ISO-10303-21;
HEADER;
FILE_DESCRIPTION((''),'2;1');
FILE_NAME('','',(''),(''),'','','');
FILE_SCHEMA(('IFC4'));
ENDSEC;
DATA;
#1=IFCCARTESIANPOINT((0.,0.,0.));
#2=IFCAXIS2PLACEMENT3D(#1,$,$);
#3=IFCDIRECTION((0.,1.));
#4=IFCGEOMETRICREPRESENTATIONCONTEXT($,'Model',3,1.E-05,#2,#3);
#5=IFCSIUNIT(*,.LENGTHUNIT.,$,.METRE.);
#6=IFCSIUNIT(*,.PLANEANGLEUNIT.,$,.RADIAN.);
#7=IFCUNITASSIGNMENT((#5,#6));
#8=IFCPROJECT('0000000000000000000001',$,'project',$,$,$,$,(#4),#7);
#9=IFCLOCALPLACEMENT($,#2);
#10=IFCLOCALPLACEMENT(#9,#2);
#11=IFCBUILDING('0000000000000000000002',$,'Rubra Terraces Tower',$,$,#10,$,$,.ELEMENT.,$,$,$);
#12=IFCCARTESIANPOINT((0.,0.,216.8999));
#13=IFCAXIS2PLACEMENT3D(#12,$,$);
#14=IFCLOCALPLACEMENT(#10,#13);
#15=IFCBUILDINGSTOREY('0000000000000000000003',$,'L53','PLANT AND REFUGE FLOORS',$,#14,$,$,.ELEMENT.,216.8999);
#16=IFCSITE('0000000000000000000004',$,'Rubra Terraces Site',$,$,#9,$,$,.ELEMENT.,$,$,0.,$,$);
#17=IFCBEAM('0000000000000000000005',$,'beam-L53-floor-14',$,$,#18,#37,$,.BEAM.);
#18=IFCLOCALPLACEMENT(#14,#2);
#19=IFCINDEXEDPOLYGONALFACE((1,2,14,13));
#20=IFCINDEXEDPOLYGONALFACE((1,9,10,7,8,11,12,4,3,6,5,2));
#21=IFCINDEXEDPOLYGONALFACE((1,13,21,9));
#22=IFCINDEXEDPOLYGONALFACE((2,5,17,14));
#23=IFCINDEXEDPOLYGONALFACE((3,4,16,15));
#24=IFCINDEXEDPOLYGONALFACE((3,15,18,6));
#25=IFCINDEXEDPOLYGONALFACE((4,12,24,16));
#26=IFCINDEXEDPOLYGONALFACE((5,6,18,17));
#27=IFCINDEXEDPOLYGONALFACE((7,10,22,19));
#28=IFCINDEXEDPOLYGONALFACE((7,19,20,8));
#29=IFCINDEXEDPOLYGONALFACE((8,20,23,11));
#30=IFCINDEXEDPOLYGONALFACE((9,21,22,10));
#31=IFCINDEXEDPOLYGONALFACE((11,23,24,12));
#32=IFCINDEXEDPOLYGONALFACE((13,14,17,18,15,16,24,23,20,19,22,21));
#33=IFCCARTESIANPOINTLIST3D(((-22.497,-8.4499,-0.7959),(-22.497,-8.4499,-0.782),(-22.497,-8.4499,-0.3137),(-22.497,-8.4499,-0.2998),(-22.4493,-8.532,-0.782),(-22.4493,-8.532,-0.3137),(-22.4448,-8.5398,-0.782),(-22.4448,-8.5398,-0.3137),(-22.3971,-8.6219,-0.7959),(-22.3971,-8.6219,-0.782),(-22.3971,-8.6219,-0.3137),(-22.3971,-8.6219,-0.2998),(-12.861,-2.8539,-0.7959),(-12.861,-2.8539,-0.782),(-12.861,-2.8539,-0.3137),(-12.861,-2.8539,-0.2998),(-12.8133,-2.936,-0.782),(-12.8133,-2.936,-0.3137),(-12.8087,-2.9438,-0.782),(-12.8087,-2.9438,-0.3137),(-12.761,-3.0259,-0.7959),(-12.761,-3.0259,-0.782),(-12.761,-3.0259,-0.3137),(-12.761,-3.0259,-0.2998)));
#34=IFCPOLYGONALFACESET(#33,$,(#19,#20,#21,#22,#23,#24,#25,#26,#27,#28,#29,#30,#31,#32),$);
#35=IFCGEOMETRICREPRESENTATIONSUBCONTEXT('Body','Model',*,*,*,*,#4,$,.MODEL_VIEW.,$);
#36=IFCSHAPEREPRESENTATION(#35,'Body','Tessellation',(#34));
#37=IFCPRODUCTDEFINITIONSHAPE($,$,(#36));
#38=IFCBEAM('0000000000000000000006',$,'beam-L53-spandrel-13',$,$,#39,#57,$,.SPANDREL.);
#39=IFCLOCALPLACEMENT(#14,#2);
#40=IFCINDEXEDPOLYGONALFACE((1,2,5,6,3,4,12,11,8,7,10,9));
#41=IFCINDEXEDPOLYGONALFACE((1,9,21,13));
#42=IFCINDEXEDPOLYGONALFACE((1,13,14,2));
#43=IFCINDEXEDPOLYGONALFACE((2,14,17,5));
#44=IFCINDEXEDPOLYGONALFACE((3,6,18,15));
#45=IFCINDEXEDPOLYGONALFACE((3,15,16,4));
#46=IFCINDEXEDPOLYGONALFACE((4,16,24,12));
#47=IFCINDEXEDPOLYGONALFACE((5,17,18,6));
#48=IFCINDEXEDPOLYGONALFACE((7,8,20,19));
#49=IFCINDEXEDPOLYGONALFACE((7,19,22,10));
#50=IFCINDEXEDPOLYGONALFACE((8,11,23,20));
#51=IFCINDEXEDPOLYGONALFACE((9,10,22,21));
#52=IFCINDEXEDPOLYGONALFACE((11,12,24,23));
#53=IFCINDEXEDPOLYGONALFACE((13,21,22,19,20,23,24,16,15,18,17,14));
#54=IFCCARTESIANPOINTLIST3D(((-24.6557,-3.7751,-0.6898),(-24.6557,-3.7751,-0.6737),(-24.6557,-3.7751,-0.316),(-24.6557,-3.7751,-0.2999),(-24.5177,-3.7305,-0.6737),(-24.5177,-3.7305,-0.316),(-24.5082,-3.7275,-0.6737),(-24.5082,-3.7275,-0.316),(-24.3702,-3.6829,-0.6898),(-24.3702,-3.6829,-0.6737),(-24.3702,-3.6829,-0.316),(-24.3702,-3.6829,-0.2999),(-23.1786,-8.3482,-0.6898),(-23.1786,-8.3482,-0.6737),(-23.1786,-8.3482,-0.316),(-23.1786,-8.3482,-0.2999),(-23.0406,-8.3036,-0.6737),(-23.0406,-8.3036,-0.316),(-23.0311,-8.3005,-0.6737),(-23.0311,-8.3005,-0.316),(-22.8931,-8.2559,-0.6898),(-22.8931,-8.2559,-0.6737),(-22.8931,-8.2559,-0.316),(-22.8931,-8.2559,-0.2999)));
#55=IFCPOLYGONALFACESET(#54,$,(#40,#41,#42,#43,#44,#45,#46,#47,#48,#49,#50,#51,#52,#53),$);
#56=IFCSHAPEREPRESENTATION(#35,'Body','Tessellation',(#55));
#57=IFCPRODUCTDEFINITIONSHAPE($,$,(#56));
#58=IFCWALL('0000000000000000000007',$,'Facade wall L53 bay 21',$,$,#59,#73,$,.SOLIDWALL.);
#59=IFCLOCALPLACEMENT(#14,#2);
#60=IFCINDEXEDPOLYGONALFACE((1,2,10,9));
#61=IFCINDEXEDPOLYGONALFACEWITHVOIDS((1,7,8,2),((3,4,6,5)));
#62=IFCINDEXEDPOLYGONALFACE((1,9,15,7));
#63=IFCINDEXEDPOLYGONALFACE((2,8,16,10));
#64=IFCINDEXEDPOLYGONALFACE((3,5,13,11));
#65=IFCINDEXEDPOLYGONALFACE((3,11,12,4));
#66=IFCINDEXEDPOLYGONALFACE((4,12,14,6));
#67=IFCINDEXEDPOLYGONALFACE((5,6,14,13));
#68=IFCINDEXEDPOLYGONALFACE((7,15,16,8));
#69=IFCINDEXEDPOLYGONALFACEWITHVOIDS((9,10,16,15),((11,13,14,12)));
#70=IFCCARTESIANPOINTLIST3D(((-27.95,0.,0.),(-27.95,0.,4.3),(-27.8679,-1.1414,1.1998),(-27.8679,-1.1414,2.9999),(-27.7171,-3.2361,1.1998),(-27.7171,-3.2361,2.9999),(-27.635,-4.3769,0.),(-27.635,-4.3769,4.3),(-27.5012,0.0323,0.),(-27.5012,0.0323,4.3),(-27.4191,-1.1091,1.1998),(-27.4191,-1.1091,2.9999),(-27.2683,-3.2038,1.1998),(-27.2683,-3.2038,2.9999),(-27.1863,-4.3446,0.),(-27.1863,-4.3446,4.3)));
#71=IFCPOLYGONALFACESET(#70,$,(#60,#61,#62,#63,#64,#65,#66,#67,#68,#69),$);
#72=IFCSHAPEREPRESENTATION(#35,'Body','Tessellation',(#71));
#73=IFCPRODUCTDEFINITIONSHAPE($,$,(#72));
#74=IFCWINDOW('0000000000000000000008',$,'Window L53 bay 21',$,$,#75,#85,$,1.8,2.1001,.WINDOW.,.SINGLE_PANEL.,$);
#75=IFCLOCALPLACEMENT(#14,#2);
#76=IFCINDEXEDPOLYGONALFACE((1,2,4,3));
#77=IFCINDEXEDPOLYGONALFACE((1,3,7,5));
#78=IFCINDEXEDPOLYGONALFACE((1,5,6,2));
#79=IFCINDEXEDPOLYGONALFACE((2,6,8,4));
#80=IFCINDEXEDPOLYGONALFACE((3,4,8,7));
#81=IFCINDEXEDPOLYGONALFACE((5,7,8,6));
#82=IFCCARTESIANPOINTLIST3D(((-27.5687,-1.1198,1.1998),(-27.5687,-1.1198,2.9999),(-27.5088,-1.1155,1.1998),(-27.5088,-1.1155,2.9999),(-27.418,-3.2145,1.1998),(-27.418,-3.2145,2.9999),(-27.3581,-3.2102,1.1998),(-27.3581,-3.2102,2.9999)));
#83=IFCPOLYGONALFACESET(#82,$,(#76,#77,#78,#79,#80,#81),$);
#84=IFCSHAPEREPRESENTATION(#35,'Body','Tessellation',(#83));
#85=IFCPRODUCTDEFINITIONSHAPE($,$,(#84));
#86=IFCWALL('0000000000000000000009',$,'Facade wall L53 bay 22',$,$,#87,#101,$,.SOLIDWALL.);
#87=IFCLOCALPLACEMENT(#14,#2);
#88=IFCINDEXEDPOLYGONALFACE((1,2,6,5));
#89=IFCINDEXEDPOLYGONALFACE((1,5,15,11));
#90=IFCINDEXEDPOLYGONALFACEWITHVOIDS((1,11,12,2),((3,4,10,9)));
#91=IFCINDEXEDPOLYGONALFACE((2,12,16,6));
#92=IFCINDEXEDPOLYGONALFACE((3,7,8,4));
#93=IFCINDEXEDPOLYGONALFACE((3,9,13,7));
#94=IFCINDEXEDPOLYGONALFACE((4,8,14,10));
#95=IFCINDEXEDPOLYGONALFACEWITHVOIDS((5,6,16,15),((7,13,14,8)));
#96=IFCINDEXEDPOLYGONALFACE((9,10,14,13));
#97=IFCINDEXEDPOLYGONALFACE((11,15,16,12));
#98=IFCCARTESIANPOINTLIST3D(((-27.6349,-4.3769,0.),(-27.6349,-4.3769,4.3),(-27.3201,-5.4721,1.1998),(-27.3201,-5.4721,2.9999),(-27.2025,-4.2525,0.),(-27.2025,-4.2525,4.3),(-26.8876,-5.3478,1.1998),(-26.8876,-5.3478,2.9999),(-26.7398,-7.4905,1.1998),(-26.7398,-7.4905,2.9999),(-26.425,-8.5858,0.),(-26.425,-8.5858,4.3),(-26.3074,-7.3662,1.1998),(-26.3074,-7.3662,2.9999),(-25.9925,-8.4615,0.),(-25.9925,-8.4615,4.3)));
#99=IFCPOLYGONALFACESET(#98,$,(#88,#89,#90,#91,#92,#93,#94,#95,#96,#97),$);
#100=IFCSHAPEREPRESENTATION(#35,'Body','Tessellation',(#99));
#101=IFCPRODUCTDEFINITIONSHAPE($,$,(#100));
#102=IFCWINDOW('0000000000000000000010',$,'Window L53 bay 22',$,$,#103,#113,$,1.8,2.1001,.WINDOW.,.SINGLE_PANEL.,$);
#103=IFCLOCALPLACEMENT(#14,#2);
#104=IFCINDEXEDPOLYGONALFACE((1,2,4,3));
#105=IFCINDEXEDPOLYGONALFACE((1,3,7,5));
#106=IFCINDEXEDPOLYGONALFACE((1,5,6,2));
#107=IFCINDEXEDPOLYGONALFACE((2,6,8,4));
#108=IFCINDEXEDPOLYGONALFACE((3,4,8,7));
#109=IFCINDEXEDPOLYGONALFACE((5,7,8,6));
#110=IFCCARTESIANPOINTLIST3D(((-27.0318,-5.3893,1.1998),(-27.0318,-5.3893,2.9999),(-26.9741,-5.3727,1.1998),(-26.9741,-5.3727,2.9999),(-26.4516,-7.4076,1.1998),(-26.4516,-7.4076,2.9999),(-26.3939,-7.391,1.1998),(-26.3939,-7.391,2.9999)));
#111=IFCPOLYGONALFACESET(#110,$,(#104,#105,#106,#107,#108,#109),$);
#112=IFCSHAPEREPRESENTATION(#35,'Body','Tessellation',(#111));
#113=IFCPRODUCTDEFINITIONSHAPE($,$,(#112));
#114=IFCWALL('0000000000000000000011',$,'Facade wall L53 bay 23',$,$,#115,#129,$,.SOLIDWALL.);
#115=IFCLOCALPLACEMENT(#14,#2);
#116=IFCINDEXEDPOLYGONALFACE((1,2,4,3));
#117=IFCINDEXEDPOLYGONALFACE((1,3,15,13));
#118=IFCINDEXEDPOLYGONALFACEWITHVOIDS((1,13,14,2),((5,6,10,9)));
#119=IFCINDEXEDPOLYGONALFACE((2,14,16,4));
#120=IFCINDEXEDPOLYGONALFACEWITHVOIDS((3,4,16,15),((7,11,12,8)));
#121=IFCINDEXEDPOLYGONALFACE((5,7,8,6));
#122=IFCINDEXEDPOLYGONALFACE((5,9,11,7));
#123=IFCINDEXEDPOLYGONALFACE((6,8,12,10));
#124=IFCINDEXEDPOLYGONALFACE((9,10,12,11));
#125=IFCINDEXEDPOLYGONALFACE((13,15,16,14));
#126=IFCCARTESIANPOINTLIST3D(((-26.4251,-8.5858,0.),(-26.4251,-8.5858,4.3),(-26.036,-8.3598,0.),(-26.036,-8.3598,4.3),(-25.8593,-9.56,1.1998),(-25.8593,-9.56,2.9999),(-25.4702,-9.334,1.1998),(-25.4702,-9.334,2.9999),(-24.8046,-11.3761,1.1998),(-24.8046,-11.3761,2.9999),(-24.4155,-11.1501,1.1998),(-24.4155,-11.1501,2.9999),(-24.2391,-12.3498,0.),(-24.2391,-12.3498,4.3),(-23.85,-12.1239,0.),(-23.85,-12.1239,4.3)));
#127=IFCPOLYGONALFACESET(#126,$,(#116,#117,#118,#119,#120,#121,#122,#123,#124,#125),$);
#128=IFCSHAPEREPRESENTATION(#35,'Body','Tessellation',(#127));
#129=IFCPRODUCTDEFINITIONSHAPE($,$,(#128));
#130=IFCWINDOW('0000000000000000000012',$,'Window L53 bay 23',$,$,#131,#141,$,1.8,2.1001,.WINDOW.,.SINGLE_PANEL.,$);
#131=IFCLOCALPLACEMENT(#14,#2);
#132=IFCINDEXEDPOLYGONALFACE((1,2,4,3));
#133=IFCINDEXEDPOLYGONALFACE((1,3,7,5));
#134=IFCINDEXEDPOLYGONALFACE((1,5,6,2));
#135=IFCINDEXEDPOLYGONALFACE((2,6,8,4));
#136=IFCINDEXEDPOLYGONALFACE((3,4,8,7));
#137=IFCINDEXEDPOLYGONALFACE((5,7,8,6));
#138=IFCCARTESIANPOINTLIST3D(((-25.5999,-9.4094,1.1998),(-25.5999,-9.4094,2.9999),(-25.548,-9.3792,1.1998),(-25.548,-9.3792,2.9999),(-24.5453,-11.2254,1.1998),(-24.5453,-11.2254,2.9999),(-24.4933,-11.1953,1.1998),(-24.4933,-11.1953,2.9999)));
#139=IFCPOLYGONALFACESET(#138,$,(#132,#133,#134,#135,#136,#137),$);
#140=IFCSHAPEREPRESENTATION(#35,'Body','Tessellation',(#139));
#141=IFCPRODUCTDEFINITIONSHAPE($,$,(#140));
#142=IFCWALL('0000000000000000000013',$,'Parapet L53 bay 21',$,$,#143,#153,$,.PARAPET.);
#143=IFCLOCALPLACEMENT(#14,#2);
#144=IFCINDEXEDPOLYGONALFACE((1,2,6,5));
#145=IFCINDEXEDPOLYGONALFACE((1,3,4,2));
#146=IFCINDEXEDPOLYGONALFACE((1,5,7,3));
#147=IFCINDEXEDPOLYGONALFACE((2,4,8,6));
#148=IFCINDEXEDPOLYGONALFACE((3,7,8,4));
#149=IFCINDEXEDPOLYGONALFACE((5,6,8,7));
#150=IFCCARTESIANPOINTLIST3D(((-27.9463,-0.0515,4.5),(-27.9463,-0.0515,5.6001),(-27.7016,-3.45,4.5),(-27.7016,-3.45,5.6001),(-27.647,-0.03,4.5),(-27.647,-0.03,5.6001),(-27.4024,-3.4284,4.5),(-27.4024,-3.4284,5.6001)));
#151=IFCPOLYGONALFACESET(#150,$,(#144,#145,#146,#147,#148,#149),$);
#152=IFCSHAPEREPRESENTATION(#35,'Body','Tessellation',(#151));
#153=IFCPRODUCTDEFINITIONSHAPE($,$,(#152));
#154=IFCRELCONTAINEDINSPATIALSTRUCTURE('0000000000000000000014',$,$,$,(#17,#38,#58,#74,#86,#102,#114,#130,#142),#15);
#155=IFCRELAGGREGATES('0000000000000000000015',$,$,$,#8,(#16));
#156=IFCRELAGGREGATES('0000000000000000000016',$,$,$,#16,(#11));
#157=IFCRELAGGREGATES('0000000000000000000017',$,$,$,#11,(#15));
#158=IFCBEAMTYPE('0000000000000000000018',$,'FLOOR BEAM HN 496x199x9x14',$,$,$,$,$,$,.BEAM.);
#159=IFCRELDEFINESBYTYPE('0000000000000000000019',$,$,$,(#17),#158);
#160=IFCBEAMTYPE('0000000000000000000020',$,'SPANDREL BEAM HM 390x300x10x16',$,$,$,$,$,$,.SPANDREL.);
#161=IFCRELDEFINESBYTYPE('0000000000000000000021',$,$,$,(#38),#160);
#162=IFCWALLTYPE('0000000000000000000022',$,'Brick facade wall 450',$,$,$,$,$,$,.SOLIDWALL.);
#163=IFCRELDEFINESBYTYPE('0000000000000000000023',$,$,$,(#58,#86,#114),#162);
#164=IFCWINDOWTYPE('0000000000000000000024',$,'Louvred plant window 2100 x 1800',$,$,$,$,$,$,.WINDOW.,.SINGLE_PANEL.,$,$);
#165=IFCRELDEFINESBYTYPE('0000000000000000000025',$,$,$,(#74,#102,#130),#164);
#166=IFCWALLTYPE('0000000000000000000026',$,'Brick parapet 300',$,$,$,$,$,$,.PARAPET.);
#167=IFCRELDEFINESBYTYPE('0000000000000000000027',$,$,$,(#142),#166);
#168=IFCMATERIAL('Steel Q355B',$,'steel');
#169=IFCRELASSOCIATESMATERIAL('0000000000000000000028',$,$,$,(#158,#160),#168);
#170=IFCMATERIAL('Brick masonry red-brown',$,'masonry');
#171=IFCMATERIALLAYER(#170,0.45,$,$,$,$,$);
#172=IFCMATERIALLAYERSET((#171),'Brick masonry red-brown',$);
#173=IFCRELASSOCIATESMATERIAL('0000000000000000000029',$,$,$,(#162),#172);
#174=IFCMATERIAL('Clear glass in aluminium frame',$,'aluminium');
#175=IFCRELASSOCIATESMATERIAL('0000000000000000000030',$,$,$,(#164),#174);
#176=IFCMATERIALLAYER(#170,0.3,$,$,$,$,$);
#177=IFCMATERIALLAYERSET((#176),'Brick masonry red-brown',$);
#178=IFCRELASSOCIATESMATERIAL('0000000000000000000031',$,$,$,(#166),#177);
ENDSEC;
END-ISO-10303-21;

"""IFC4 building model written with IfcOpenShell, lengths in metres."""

from ifc_helpers import new_model, si_unit, direction, frame, frame_2d, origin, origin_2d, place, context, subcontext, project, spatial, rectangle, i_section, extrude, material, layer, layer_set, material_profile, profile_set, type_object, element, fill, save


model = new_model("IFC4")

# Units and contexts
model_context = context("Model", 3, precision=1e-05, world=origin(), true_north=direction((0.0, 1.0)))
body_context = subcontext(model_context, "Body", "Model", "MODEL_VIEW")
ifc_project = project(units=[si_unit("LENGTHUNIT", "METRE"), si_unit("PLANEANGLEUNIT", "RADIAN")], contexts=[model_context])

# Site, building, storey
site_placement = place(None, origin())
site = spatial("IfcSite", under=ifc_project, at=site_placement, Name="Rubra Terraces Site", CompositionType="ELEMENT", RefElevation=0.0)
building_placement = place(site_placement, origin())
building = spatial("IfcBuilding", under=site, at=building_placement, Name="Rubra Terraces Tower", CompositionType="ELEMENT")
storey_placement = place(building_placement, frame((0.0, 0.0, 216.8999)))
storey = spatial("IfcBuildingStorey", under=building, at=storey_placement, Name="L53", Description="PLANT AND REFUGE FLOORS", CompositionType="ELEMENT", Elevation=216.8999)

# Shared definitions
ifc_material_1 = material(Name="Steel Q355B", Category="steel")

# Beams
ifc_material_profile_1 = material_profile(ifc_material_1, i_section(OverallWidth=0.199, OverallDepth=0.4961, WebThickness=0.009, FlangeThickness=0.0139, at=origin_2d()), Name="HN 496x199x9x14")
ifc_profile_set_1 = profile_set([ifc_material_profile_1], Name="Steel Q355B")
beam_type_1 = type_object("IfcBeamType", Name="FLOOR BEAM HN 496x199x9x14", PredefinedType="BEAM", material=ifc_profile_set_1)
beam_1_placement = place(storey_placement, frame((-22.447, -8.5359, -0.5479), z_axis=(0.864755, 0.502193, 0.0), x_axis=(-0.502193, 0.864755, 0.0)))
element("IfcBeam", 1, at=beam_1_placement, inside=storey, type_object=beam_type_1, Name="beam-L53-floor-14", PredefinedType="BEAM", context=body_context, shape_type="SweptSolid", body=[
    extrude(i_section(OverallWidth=0.199, OverallDepth=0.4961, WebThickness=0.009, FlangeThickness=0.0139, at=origin_2d()), origin(), (0.0, 0.0, 1.0), 11.1431),
])
ifc_material_profile_2 = material_profile(ifc_material_1, i_section(OverallWidth=0.3, OverallDepth=0.3899, WebThickness=0.01, FlangeThickness=0.0161, at=origin_2d()), Name="HM 390x300x10x16")
ifc_profile_set_2 = profile_set([ifc_material_profile_2], Name="Steel Q355B")
beam_type_2 = type_object("IfcBeamType", Name="SPANDREL BEAM HM 390x300x10x16", PredefinedType="SPANDREL", material=ifc_profile_set_2)
beam_2_placement = place(storey_placement, frame((-24.5129, -3.729, -0.4949), z_axis=(0.307359, -0.951594, 0.0), x_axis=(0.951594, 0.307359, 0.0)))
element("IfcBeam", 2, at=beam_2_placement, inside=storey, type_object=beam_type_2, Name="beam-L53-spandrel-13", PredefinedType="SPANDREL", context=body_context, shape_type="SweptSolid", body=[
    extrude(i_section(OverallWidth=0.3, OverallDepth=0.3899, WebThickness=0.01, FlangeThickness=0.0161, at=origin_2d()), origin(), (0.0, 0.0, 1.0), 4.8057),
])

# Walls, openings, windows
ifc_material_2 = material(Name="Brick masonry red-brown", Category="masonry")
ifc_layer_1 = layer(ifc_material_2, 0.45)
ifc_layer_set_1 = layer_set([ifc_layer_1], Name="Brick masonry red-brown")
wall_type_1 = type_object("IfcWallType", Name="Brick facade wall 450", PredefinedType="SOLIDWALL", material=ifc_layer_set_1)
wall_1_placement = place(storey_placement, frame((-27.7256, 0.0161, 0.0), z_axis=(0.0, 0.0, 1.0), x_axis=(0.071769, -0.997421, 0.0)))
wall_1 = element("IfcWall", 3, at=wall_1_placement, inside=storey, type_object=wall_type_1, Name="Facade wall L53 bay 21", PredefinedType="SOLIDWALL", context=body_context, shape_type="SweptSolid", body=[
    extrude(rectangle(XDim=4.3882, YDim=0.45, at=frame_2d((2.1941, 0.0))), origin(), (0.0, 0.0, 1.0), 4.3),
])
opening_1_placement = place(wall_1_placement, frame((1.1443, 0.0, 1.2)))
opening_1 = element("IfcOpeningElement", 4, at=opening_1_placement, cuts=wall_1, PredefinedType="OPENING", context=body_context, shape_type="SweptSolid", body=[
    extrude(rectangle(XDim=2.1001, YDim=1.8, at=frame_2d((1.05, 0.8999))), frame((0.0, 0.2349, 0.0), z_axis=(0.0, -1.0, 0.0), x_axis=(1.0, 0.0, 0.0)), (0.0, 0.0, 1.0), 0.47),
])
ifc_material_3 = material(Name="Clear glass in aluminium frame", Category="aluminium")
window_type = type_object("IfcWindowType", Name="Louvred plant window 2100 x 1800", PartitioningType="SINGLE_PANEL", PredefinedType="WINDOW", material=ifc_material_3)
window_1_placement = place(opening_1_placement, origin())
window_1 = element("IfcWindow", 5, at=window_1_placement, inside=storey, type_object=window_type, Name="Window L53 bay 21", OverallHeight=1.8, OverallWidth=2.1001, PartitioningType="SINGLE_PANEL", PredefinedType="WINDOW", context=body_context, shape_type="SweptSolid", body=[
    extrude(rectangle(XDim=2.1001, YDim=1.8, at=frame_2d((1.05, 0.8999))), frame((0.0, 0.135, 0.0), z_axis=(0.0, -1.0, 0.0), x_axis=(1.0, 0.0, 0.0)), (0.0, 0.0, 1.0), 0.0601),
])
fill(opening_1, window_1)
wall_2_placement = place(storey_placement, frame((-27.4187, -4.3147, 0.0), z_axis=(0.0, 0.0, 1.0), x_axis=(0.276282, -0.961077, 0.0)))
wall_2 = element("IfcWall", 6, at=wall_2_placement, inside=storey, type_object=wall_type_1, Name="Facade wall L53 bay 22", PredefinedType="SOLIDWALL", context=body_context, shape_type="SweptSolid", body=[
    extrude(rectangle(XDim=4.3794, YDim=0.45, at=frame_2d((2.1897, 0.0))), origin(), (0.0, 0.0, 1.0), 4.3),
])
opening_2_placement = place(wall_2_placement, frame((1.1396, 0.0, 1.2)))
opening_2 = element("IfcOpeningElement", 7, at=opening_2_placement, cuts=wall_2, PredefinedType="OPENING", context=body_context, shape_type="SweptSolid", body=[
    extrude(rectangle(XDim=2.1001, YDim=1.8, at=frame_2d((1.05, 0.8999))), frame((0.0, 0.2349, 0.0), z_axis=(0.0, -1.0, 0.0), x_axis=(1.0, 0.0, 0.0)), (0.0, 0.0, 1.0), 0.47),
])
window_2_placement = place(opening_2_placement, origin())
window_2 = element("IfcWindow", 8, at=window_2_placement, inside=storey, type_object=window_type, Name="Window L53 bay 22", OverallHeight=1.8, OverallWidth=2.1001, PartitioningType="SINGLE_PANEL", PredefinedType="WINDOW", context=body_context, shape_type="SweptSolid", body=[
    extrude(rectangle(XDim=2.1001, YDim=1.8, at=frame_2d((1.05, 0.8999))), frame((0.0, 0.135, 0.0), z_axis=(0.0, -1.0, 0.0), x_axis=(1.0, 0.0, 0.0)), (0.0, 0.0, 1.0), 0.0601),
])
fill(opening_2, window_2)
wall_3_placement = place(storey_placement, frame((-26.2305, -8.4729, 0.0), z_axis=(0.0, 0.0, 1.0), x_axis=(0.502203, -0.86475, 0.0)))
wall_3 = element("IfcWall", 9, at=wall_3_placement, inside=storey, type_object=wall_type_1, Name="Facade wall L53 bay 23", PredefinedType="SOLIDWALL", context=body_context, shape_type="SweptSolid", body=[
    extrude(rectangle(XDim=4.3528, YDim=0.45, at=frame_2d((2.1763, 0.0))), origin(), (0.0, 0.0, 1.0), 4.3),
])
opening_3_placement = place(wall_3_placement, frame((1.1265, 0.0, 1.2)))
opening_3 = element("IfcOpeningElement", 10, at=opening_3_placement, cuts=wall_3, PredefinedType="OPENING", context=body_context, shape_type="SweptSolid", body=[
    extrude(rectangle(XDim=2.1001, YDim=1.8, at=frame_2d((1.05, 0.8999))), frame((0.0, 0.2349, 0.0), z_axis=(0.0, -1.0, 0.0), x_axis=(1.0, 0.0, 0.0)), (0.0, 0.0, 1.0), 0.47),
])
window_3_placement = place(opening_3_placement, origin())
window_3 = element("IfcWindow", 11, at=window_3_placement, inside=storey, type_object=window_type, Name="Window L53 bay 23", OverallHeight=1.8, OverallWidth=2.1001, PartitioningType="SINGLE_PANEL", PredefinedType="WINDOW", context=body_context, shape_type="SweptSolid", body=[
    extrude(rectangle(XDim=2.1001, YDim=1.8, at=frame_2d((1.05, 0.8999))), frame((0.0, 0.135, 0.0), z_axis=(0.0, -1.0, 0.0), x_axis=(1.0, 0.0, 0.0)), (0.0, 0.0, 1.0), 0.0601),
])
fill(opening_3, window_3)

# Wall
ifc_layer_2 = layer(ifc_material_2, 0.3)
ifc_layer_set_2 = layer_set([ifc_layer_2], Name="Brick masonry red-brown")
wall_type_2 = type_object("IfcWallType", Name="Brick parapet 300", PredefinedType="PARAPET", material=ifc_layer_set_2)
wall_4_placement = place(storey_placement, frame((-27.7966, -0.0408, 4.5), z_axis=(0.0, 0.0, 1.0), x_axis=(0.071797, -0.997419, 0.0)))
element("IfcWall", 12, at=wall_4_placement, inside=storey, type_object=wall_type_2, Name="Parapet L53 bay 21", PredefinedType="PARAPET", context=body_context, shape_type="SweptSolid", body=[
    extrude(rectangle(XDim=3.4072, YDim=0.3, at=frame_2d((1.7036, 0.0))), origin(), (0.0, 0.0, 1.0), 1.1001),
])

save(model, "model.ifc")
